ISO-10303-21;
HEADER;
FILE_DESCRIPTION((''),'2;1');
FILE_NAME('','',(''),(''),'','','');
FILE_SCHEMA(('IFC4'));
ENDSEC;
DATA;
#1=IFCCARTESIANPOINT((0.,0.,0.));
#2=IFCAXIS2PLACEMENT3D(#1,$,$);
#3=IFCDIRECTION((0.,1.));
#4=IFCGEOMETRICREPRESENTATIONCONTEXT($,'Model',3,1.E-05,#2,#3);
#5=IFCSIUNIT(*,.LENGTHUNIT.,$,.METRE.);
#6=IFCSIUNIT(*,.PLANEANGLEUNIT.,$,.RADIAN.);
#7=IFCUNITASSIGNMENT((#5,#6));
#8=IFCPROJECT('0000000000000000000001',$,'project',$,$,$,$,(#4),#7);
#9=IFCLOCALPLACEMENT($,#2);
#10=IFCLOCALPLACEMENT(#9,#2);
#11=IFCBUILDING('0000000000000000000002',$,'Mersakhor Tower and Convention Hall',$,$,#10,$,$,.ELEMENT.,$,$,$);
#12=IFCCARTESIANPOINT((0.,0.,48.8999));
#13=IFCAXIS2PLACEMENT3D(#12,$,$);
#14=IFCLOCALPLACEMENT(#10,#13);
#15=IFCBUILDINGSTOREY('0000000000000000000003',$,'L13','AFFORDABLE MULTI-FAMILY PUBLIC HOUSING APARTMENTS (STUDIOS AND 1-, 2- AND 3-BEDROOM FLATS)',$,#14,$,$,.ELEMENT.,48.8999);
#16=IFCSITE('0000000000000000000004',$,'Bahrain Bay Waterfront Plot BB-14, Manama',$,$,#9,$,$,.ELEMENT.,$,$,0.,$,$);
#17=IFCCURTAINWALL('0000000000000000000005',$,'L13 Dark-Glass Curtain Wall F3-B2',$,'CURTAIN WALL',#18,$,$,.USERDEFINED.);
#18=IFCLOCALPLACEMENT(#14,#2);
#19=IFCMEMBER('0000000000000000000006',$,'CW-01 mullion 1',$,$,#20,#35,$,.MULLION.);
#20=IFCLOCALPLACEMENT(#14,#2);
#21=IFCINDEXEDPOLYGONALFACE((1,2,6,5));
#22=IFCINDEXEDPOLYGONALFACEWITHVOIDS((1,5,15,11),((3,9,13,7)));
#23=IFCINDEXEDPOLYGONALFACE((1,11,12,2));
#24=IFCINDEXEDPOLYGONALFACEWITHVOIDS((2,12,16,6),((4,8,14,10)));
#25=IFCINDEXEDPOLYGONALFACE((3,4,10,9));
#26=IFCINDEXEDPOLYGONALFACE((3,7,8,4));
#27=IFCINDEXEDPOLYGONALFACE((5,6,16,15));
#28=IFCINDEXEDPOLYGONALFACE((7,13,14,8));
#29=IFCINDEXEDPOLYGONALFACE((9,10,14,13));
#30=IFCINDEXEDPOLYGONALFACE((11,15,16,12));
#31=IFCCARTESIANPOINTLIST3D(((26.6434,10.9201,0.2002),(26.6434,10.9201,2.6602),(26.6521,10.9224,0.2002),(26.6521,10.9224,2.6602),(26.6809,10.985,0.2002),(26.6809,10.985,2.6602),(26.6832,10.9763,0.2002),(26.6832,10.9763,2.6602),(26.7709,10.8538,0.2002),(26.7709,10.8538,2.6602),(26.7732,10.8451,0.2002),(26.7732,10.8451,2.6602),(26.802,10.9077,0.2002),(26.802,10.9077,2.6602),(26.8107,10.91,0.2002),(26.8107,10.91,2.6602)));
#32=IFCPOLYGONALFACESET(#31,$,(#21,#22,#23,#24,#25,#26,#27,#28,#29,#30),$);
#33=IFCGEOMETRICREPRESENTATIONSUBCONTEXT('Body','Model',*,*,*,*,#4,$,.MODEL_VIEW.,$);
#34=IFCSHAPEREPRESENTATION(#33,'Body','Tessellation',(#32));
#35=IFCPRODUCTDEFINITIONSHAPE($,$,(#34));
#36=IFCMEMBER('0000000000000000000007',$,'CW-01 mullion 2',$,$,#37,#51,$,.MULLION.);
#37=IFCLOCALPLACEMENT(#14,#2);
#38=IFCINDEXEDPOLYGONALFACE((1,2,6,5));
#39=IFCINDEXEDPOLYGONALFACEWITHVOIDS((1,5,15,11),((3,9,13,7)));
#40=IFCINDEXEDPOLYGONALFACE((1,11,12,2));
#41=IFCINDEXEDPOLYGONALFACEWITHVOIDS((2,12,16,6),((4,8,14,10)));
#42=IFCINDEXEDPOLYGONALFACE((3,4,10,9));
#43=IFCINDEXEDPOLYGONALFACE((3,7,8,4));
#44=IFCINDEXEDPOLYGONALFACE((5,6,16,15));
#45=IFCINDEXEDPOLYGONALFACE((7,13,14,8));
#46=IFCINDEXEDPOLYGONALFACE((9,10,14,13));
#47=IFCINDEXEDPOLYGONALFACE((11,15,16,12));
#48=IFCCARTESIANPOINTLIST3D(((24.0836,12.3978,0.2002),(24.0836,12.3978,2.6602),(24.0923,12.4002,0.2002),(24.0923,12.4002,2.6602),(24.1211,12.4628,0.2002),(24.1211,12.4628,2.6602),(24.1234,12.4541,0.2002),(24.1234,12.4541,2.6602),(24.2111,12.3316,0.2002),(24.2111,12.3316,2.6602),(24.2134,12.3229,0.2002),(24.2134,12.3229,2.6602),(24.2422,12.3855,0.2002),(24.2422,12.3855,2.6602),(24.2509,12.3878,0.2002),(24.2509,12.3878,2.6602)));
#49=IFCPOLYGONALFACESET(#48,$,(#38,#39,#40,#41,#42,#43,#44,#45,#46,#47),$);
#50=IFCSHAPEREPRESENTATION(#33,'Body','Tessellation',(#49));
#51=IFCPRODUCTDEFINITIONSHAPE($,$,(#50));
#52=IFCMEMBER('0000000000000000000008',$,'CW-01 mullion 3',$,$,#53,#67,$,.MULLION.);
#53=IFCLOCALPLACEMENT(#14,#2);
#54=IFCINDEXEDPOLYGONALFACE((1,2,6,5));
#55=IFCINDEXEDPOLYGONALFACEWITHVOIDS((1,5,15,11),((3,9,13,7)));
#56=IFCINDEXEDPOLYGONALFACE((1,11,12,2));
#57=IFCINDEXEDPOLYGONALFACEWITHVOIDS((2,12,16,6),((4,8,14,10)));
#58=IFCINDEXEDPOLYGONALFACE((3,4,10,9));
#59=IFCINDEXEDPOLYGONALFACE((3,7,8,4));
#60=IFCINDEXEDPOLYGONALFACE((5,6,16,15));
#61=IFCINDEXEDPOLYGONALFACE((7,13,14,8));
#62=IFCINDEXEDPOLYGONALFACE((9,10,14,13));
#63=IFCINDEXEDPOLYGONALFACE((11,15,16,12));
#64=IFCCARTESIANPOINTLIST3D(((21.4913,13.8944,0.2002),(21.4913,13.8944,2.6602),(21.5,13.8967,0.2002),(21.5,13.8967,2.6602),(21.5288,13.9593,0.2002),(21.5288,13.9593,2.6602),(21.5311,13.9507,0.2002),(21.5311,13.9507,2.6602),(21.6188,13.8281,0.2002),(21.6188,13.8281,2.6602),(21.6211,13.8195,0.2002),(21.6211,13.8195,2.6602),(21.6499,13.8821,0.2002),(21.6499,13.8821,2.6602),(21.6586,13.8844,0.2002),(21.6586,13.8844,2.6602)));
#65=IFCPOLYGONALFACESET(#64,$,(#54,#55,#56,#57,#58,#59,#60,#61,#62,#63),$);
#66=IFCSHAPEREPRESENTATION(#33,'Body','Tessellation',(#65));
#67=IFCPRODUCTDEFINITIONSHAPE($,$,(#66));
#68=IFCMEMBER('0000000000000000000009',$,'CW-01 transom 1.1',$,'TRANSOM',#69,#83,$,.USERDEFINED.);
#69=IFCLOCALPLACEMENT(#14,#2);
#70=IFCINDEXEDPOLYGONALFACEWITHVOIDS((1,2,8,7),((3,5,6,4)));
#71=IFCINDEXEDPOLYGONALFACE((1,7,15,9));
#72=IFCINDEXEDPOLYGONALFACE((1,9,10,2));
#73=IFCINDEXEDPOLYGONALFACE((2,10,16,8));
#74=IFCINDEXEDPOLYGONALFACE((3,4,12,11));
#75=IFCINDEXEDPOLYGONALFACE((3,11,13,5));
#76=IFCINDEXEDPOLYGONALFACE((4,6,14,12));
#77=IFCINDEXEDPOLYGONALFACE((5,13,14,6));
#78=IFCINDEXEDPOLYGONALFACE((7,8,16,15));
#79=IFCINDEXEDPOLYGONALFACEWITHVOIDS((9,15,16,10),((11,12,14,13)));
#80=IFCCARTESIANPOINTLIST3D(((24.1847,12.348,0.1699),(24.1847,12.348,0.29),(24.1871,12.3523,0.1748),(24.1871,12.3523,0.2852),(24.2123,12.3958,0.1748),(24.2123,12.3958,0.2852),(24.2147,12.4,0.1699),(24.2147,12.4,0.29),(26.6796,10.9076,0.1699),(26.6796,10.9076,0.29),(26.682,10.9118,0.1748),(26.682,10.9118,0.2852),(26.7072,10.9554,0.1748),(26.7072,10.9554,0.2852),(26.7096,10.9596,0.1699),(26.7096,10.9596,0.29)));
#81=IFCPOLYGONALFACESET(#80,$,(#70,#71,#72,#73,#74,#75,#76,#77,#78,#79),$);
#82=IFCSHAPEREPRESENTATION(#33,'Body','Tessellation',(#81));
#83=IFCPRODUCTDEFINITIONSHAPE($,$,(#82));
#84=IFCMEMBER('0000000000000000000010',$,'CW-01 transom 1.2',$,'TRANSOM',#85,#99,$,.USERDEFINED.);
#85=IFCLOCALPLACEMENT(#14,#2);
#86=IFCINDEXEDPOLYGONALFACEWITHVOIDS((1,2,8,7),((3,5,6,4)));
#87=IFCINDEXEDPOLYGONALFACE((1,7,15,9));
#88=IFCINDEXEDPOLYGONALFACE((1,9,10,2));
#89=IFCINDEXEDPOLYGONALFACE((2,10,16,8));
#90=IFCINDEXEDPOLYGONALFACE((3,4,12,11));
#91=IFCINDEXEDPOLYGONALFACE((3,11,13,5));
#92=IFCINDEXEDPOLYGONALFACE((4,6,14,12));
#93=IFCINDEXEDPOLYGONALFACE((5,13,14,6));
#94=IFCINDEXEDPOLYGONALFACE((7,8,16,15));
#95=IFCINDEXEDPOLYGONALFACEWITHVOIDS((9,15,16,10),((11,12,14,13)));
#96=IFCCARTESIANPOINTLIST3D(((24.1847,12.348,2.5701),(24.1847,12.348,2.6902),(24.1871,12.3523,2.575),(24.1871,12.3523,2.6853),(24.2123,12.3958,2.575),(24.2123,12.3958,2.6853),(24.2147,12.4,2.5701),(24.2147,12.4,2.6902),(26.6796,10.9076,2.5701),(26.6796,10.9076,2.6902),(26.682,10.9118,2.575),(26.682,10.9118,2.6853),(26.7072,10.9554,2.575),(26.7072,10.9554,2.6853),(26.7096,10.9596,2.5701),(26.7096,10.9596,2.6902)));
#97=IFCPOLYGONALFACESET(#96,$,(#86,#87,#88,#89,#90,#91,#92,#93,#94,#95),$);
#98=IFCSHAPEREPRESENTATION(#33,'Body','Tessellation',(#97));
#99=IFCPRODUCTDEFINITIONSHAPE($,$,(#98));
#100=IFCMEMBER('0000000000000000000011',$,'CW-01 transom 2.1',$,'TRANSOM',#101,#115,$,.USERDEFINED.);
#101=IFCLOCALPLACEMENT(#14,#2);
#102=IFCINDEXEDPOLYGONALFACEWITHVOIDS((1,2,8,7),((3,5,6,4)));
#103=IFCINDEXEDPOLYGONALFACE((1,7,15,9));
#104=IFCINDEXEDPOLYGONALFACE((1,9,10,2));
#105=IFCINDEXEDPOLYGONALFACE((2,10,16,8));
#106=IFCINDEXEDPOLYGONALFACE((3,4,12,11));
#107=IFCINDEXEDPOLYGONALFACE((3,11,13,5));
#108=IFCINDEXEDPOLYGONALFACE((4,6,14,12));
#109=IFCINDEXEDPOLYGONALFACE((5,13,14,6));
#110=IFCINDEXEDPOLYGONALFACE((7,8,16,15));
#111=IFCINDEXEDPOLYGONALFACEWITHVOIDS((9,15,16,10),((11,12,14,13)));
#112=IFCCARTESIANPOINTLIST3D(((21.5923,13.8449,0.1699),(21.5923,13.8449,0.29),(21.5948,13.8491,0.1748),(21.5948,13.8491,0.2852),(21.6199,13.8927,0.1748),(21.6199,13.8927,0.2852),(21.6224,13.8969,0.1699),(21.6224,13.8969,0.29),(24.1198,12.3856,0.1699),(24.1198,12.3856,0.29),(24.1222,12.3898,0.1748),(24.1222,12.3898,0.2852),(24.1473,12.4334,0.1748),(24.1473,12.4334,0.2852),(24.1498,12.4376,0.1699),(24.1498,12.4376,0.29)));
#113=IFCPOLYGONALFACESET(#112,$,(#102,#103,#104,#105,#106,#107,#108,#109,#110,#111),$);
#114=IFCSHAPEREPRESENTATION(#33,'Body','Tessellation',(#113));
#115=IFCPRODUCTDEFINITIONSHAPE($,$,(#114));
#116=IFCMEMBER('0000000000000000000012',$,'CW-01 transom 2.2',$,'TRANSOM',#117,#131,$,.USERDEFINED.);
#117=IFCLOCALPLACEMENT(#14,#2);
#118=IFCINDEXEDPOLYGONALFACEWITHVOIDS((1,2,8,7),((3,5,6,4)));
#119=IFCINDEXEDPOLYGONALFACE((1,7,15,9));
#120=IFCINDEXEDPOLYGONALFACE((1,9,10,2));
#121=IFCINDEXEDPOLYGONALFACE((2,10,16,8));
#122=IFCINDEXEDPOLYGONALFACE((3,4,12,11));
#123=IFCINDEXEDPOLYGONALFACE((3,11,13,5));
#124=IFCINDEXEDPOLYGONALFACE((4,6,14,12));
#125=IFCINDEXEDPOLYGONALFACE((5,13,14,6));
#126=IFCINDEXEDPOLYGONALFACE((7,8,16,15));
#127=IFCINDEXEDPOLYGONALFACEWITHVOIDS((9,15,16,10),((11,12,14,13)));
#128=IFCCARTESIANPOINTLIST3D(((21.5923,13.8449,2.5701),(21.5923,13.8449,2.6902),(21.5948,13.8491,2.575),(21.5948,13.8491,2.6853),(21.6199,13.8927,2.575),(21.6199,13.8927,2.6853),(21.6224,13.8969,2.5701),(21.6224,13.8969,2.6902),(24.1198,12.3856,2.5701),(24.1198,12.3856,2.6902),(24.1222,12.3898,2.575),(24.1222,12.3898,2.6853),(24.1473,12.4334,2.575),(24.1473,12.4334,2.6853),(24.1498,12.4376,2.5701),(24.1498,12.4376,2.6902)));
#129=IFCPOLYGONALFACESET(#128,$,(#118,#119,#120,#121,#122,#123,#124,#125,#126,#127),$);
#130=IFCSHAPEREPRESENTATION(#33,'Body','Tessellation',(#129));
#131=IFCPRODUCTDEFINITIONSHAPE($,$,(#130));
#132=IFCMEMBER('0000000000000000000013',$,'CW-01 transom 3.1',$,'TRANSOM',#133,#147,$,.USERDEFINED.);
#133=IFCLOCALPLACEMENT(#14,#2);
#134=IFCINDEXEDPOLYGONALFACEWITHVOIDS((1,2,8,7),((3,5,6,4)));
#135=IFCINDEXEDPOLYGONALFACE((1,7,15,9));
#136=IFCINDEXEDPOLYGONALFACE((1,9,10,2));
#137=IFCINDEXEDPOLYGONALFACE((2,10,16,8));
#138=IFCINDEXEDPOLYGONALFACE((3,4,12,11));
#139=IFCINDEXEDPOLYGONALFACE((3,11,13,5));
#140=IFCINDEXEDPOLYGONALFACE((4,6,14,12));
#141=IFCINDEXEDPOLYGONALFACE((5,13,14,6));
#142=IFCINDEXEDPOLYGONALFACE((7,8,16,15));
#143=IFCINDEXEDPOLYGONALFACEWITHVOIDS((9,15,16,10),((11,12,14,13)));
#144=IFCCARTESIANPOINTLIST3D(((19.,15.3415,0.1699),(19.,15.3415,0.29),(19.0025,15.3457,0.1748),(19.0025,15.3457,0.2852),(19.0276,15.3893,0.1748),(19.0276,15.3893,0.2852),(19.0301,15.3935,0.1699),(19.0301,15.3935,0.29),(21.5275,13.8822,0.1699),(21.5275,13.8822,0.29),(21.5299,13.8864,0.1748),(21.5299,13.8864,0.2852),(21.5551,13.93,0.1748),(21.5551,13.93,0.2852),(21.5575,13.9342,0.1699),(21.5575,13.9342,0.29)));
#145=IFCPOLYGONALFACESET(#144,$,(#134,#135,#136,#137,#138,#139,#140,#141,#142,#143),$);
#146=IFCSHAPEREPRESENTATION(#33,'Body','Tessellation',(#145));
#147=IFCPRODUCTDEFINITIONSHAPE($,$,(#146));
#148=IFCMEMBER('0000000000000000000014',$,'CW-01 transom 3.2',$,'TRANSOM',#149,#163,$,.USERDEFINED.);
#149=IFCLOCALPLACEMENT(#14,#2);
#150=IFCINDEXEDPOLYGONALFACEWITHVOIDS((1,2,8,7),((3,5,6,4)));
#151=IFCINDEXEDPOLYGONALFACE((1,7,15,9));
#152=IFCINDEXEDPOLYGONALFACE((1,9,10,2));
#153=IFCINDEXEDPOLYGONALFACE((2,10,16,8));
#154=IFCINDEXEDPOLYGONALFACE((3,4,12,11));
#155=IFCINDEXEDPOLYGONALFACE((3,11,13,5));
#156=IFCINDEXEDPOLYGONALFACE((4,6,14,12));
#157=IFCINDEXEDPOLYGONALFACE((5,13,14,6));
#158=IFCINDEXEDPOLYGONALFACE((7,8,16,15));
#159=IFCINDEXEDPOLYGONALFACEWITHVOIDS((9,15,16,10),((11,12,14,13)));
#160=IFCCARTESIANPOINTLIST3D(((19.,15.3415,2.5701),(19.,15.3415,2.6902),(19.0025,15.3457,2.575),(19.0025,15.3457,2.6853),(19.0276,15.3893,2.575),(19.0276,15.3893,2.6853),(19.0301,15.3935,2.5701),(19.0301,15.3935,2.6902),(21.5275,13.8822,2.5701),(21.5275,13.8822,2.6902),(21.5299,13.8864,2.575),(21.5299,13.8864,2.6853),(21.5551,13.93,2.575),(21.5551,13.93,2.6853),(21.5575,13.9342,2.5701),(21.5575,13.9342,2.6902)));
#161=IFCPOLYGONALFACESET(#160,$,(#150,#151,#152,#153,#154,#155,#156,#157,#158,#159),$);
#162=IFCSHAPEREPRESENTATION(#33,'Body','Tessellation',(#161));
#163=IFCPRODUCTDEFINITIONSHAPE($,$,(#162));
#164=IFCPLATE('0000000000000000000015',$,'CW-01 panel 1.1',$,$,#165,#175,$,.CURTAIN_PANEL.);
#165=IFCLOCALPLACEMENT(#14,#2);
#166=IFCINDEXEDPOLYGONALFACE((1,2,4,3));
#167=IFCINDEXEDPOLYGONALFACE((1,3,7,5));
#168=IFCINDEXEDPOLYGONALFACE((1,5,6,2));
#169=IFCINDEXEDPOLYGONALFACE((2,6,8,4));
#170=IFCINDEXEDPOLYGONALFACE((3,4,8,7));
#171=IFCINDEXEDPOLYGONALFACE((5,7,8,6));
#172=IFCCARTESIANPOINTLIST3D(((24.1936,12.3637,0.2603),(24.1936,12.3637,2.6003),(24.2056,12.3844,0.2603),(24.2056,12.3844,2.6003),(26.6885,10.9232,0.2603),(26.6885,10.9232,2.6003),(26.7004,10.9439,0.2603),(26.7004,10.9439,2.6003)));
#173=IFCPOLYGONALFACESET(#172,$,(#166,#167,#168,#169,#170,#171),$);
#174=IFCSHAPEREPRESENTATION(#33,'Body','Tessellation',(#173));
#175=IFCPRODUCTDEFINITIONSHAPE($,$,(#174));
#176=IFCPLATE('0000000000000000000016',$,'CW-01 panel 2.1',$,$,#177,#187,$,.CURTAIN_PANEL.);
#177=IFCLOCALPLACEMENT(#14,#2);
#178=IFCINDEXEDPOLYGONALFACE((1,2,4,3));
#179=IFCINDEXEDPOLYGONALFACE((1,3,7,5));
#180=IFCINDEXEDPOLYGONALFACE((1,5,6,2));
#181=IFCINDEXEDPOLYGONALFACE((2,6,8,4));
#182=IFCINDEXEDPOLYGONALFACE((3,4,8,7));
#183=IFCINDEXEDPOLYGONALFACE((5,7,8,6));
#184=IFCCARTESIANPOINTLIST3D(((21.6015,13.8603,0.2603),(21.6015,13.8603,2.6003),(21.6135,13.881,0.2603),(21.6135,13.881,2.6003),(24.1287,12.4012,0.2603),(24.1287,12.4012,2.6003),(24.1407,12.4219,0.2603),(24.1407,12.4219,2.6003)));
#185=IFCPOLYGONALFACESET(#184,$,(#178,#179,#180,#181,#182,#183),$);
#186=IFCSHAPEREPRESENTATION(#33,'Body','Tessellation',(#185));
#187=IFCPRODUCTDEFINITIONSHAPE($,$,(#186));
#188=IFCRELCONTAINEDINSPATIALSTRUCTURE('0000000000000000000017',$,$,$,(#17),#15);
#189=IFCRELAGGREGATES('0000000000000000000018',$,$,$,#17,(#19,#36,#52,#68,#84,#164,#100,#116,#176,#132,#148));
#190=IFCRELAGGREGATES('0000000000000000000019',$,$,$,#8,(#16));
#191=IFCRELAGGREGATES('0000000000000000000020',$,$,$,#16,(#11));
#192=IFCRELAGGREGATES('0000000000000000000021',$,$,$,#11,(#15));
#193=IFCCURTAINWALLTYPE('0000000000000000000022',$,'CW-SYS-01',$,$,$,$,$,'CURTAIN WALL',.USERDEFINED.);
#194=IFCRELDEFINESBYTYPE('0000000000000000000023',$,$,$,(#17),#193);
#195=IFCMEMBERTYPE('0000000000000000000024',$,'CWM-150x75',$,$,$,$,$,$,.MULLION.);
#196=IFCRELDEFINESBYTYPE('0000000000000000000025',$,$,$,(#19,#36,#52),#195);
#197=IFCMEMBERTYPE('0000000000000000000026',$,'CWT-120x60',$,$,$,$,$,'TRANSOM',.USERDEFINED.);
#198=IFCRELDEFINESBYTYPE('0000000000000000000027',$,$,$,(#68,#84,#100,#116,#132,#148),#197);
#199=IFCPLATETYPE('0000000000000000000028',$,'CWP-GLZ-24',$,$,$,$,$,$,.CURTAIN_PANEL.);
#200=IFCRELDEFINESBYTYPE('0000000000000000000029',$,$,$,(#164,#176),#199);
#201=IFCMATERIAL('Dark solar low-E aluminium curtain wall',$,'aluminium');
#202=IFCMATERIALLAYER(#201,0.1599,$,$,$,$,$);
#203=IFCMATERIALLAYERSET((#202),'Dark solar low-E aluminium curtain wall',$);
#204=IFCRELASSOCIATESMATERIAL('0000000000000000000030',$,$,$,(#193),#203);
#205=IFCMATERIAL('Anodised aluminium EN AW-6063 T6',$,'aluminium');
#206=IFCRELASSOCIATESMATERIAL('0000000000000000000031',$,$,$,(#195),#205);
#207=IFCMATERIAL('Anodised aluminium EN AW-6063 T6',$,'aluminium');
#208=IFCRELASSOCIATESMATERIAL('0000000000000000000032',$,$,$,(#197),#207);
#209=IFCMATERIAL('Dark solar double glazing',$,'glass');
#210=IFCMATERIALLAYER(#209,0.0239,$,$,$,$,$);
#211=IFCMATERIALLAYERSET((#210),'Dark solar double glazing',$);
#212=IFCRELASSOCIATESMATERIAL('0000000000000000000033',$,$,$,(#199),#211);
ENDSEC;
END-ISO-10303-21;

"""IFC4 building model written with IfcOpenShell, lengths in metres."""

from ifc_helpers import new_model, si_unit, direction, frame, origin, origin_2d, place, context, subcontext, project, spatial, rectangle, hollow_rectangle, extrude, material, layer, layer_set, material_profile, profile_set, type_object, element, aggregate, save


model = new_model("IFC4")

# Units and contexts
model_context = context("Model", 3, precision=1e-05, world=origin(), true_north=direction((0.0, 1.0)))
body_context = subcontext(model_context, "Body", "Model", "MODEL_VIEW")
ifc_project = project(units=[si_unit("LENGTHUNIT", "METRE"), si_unit("PLANEANGLEUNIT", "RADIAN")], contexts=[model_context])

# Site, building, storey
site_placement = place(None, origin())
site = spatial("IfcSite", under=ifc_project, at=site_placement, Name="Bahrain Bay Waterfront Plot BB-14, Manama", CompositionType="ELEMENT", RefElevation=0.0)
building_placement = place(site_placement, origin())
building = spatial("IfcBuilding", under=site, at=building_placement, Name="Mersakhor Tower and Convention Hall", CompositionType="ELEMENT")
storey_placement = place(building_placement, frame((0.0, 0.0, 48.8999)))
storey = spatial("IfcBuildingStorey", under=building, at=storey_placement, Name="L13", Description="AFFORDABLE MULTI-FAMILY PUBLIC HOUSING APARTMENTS (STUDIOS AND 1-, 2- AND 3-BEDROOM FLATS)", CompositionType="ELEMENT", Elevation=48.8999)

# Curtain wall, members, plates
ifc_material_1 = material(Name="Dark solar low-E aluminium curtain wall", Category="aluminium")
ifc_layer_1 = layer(ifc_material_1, 0.1599)
ifc_layer_set_1 = layer_set([ifc_layer_1], Name="Dark solar low-E aluminium curtain wall")
curtain_wall_type = type_object("IfcCurtainWallType", Name="CW-SYS-01", ElementType="CURTAIN WALL", PredefinedType="USERDEFINED", material=ifc_layer_set_1)
curtain_wall_placement = place(storey_placement, origin())
curtain_wall = element("IfcCurtainWall", 1, at=curtain_wall_placement, inside=storey, type_object=curtain_wall_type, Name="L13 Dark-Glass Curtain Wall F3-B2", ObjectType="CURTAIN WALL", PredefinedType="USERDEFINED")
ifc_material_2 = material(Name="Anodised aluminium EN AW-6063 T6", Category="aluminium")
ifc_material_profile_1 = material_profile(ifc_material_2, hollow_rectangle(XDim=0.075, YDim=0.1499, WallThickness=0.0063, at=origin_2d()), Name="RHS 150x75x6.3")
ifc_profile_set_1 = profile_set([ifc_material_profile_1], Name="Anodised aluminium EN AW-6063 T6")
member_type_1 = type_object("IfcMemberType", Name="CWM-150x75", PredefinedType="MULLION", material=ifc_profile_set_1)
member_1_placement = place(storey_placement, frame((26.7271, 10.915, 0.2002), z_axis=(0.0, 0.0, 1.0), x_axis=(-0.500003, -0.866023, 0.0)))
member_1 = element("IfcMember", 2, at=member_1_placement, type_object=member_type_1, Name="CW-01 mullion 1", PredefinedType="MULLION", context=body_context, shape_type="SweptSolid", body=[
    extrude(hollow_rectangle(XDim=0.075, YDim=0.1499, WallThickness=0.0063, at=origin_2d()), origin(), (0.0, 0.0, 1.0), 2.46),
])
member_2_placement = place(storey_placement, frame((24.1672, 12.3928, 0.2002), z_axis=(0.0, 0.0, 1.0), x_axis=(-0.500003, -0.866023, 0.0)))
member_2 = element("IfcMember", 3, at=member_2_placement, type_object=member_type_1, Name="CW-01 mullion 2", PredefinedType="MULLION", context=body_context, shape_type="SweptSolid", body=[
    extrude(hollow_rectangle(XDim=0.075, YDim=0.1499, WallThickness=0.0063, at=origin_2d()), origin(), (0.0, 0.0, 1.0), 2.46),
])
member_3_placement = place(storey_placement, frame((21.575, 13.8894, 0.2002), z_axis=(0.0, 0.0, 1.0), x_axis=(-0.500003, -0.866023, 0.0)))
member_3 = element("IfcMember", 4, at=member_3_placement, type_object=member_type_1, Name="CW-01 mullion 3", PredefinedType="MULLION", context=body_context, shape_type="SweptSolid", body=[
    extrude(hollow_rectangle(XDim=0.075, YDim=0.1499, WallThickness=0.0063, at=origin_2d()), origin(), (0.0, 0.0, 1.0), 2.46),
])
ifc_material_3 = material(Name="Anodised aluminium EN AW-6063 T6", Category="aluminium")
ifc_material_profile_2 = material_profile(ifc_material_3, hollow_rectangle(XDim=0.0601, YDim=0.1201, WallThickness=0.0049, at=origin_2d()), Name="RHS 120x60x5")
ifc_profile_set_2 = profile_set([ifc_material_profile_2], Name="Anodised aluminium EN AW-6063 T6")
member_type_2 = type_object("IfcMemberType", Name="CWT-120x60", ElementType="TRANSOM", PredefinedType="USERDEFINED", material=ifc_profile_set_2)
member_4_placement = place(storey_placement, frame((26.6946, 10.9336, 0.23), z_axis=(-0.866023, 0.500004, 0.0), x_axis=(-0.500004, -0.866023, 0.0)))
member_4 = element("IfcMember", 5, at=member_4_placement, type_object=member_type_2, Name="CW-01 transom 1.1", ObjectType="TRANSOM", PredefinedType="USERDEFINED", context=body_context, shape_type="SweptSolid", body=[
    extrude(hollow_rectangle(XDim=0.0601, YDim=0.1201, WallThickness=0.0049, at=origin_2d()), origin(), (0.0, 0.0, 1.0), 2.8809),
])
member_5_placement = place(storey_placement, frame((26.6946, 10.9336, 2.6301), z_axis=(-0.866023, 0.500004, 0.0), x_axis=(-0.500004, -0.866023, 0.0)))
member_5 = element("IfcMember", 6, at=member_5_placement, type_object=member_type_2, Name="CW-01 transom 1.2", ObjectType="TRANSOM", PredefinedType="USERDEFINED", context=body_context, shape_type="SweptSolid", body=[
    extrude(hollow_rectangle(XDim=0.0601, YDim=0.1201, WallThickness=0.0049, at=origin_2d()), origin(), (0.0, 0.0, 1.0), 2.8809),
])
member_6_placement = place(storey_placement, frame((24.1348, 12.4116, 0.23), z_axis=(-0.866016, 0.500017, 0.0), x_axis=(-0.500017, -0.866016, 0.0)))
member_6 = element("IfcMember", 7, at=member_6_placement, type_object=member_type_2, Name="CW-01 transom 2.1", ObjectType="TRANSOM", PredefinedType="USERDEFINED", context=body_context, shape_type="SweptSolid", body=[
    extrude(hollow_rectangle(XDim=0.0601, YDim=0.1201, WallThickness=0.0049, at=origin_2d()), origin(), (0.0, 0.0, 1.0), 2.9185),
])
member_7_placement = place(storey_placement, frame((24.1348, 12.4116, 2.6301), z_axis=(-0.866016, 0.500017, 0.0), x_axis=(-0.500017, -0.866016, 0.0)))
member_7 = element("IfcMember", 8, at=member_7_placement, type_object=member_type_2, Name="CW-01 transom 2.2", ObjectType="TRANSOM", PredefinedType="USERDEFINED", context=body_context, shape_type="SweptSolid", body=[
    extrude(hollow_rectangle(XDim=0.0601, YDim=0.1201, WallThickness=0.0049, at=origin_2d()), origin(), (0.0, 0.0, 1.0), 2.9185),
])
member_8_placement = place(storey_placement, frame((21.5425, 13.9082, 0.23), z_axis=(-0.866016, 0.500017, 0.0), x_axis=(-0.500017, -0.866016, 0.0)))
member_8 = element("IfcMember", 9, at=member_8_placement, type_object=member_type_2, Name="CW-01 transom 3.1", ObjectType="TRANSOM", PredefinedType="USERDEFINED", context=body_context, shape_type="SweptSolid", body=[
    extrude(hollow_rectangle(XDim=0.0601, YDim=0.1201, WallThickness=0.0049, at=origin_2d()), origin(), (0.0, 0.0, 1.0), 2.9185),
])
member_9_placement = place(storey_placement, frame((21.5425, 13.9082, 2.6301), z_axis=(-0.866016, 0.500017, 0.0), x_axis=(-0.500017, -0.866016, 0.0)))
member_9 = element("IfcMember", 10, at=member_9_placement, type_object=member_type_2, Name="CW-01 transom 3.2", ObjectType="TRANSOM", PredefinedType="USERDEFINED", context=body_context, shape_type="SweptSolid", body=[
    extrude(hollow_rectangle(XDim=0.0601, YDim=0.1201, WallThickness=0.0049, at=origin_2d()), origin(), (0.0, 0.0, 1.0), 2.9185),
])
ifc_material_4 = material(Name="Dark solar double glazing", Category="glass")
ifc_layer_2 = layer(ifc_material_4, 0.0239)
ifc_layer_set_2 = layer_set([ifc_layer_2], Name="Dark solar double glazing")
plate_type_1 = type_object("IfcPlateType", Name="CWP-GLZ-24", PredefinedType="CURTAIN_PANEL", material=ifc_layer_set_2)
plate_1_placement = place(storey_placement, frame((25.447, 11.6538, 0.2603), z_axis=(0.0, 0.0, 1.0), x_axis=(-0.866023, 0.500003, 0.0)))
plate_1 = element("IfcPlate", 11, at=plate_1_placement, type_object=plate_type_1, Name="CW-01 panel 1.1", PredefinedType="CURTAIN_PANEL", context=body_context, shape_type="SweptSolid", body=[
    extrude(rectangle(XDim=2.8809, YDim=0.0239, at=origin_2d()), origin(), (0.0, 0.0, 1.0), 2.3401),
])
plate_2_placement = place(storey_placement, frame((22.8711, 13.1411, 0.2603), z_axis=(0.0, 0.0, 1.0), x_axis=(-0.866023, 0.500003, 0.0)))
plate_2 = element("IfcPlate", 12, at=plate_2_placement, type_object=plate_type_1, Name="CW-01 panel 2.1", PredefinedType="CURTAIN_PANEL", context=body_context, shape_type="SweptSolid", body=[
    extrude(rectangle(XDim=2.9182, YDim=0.0239, at=origin_2d()), origin(), (0.0, 0.0, 1.0), 2.3401),
])
aggregate(curtain_wall, [member_1, member_2, member_3, member_4, member_5, plate_1, member_6, member_7, plate_2, member_8, member_9])

save(model, "model.ifc")
